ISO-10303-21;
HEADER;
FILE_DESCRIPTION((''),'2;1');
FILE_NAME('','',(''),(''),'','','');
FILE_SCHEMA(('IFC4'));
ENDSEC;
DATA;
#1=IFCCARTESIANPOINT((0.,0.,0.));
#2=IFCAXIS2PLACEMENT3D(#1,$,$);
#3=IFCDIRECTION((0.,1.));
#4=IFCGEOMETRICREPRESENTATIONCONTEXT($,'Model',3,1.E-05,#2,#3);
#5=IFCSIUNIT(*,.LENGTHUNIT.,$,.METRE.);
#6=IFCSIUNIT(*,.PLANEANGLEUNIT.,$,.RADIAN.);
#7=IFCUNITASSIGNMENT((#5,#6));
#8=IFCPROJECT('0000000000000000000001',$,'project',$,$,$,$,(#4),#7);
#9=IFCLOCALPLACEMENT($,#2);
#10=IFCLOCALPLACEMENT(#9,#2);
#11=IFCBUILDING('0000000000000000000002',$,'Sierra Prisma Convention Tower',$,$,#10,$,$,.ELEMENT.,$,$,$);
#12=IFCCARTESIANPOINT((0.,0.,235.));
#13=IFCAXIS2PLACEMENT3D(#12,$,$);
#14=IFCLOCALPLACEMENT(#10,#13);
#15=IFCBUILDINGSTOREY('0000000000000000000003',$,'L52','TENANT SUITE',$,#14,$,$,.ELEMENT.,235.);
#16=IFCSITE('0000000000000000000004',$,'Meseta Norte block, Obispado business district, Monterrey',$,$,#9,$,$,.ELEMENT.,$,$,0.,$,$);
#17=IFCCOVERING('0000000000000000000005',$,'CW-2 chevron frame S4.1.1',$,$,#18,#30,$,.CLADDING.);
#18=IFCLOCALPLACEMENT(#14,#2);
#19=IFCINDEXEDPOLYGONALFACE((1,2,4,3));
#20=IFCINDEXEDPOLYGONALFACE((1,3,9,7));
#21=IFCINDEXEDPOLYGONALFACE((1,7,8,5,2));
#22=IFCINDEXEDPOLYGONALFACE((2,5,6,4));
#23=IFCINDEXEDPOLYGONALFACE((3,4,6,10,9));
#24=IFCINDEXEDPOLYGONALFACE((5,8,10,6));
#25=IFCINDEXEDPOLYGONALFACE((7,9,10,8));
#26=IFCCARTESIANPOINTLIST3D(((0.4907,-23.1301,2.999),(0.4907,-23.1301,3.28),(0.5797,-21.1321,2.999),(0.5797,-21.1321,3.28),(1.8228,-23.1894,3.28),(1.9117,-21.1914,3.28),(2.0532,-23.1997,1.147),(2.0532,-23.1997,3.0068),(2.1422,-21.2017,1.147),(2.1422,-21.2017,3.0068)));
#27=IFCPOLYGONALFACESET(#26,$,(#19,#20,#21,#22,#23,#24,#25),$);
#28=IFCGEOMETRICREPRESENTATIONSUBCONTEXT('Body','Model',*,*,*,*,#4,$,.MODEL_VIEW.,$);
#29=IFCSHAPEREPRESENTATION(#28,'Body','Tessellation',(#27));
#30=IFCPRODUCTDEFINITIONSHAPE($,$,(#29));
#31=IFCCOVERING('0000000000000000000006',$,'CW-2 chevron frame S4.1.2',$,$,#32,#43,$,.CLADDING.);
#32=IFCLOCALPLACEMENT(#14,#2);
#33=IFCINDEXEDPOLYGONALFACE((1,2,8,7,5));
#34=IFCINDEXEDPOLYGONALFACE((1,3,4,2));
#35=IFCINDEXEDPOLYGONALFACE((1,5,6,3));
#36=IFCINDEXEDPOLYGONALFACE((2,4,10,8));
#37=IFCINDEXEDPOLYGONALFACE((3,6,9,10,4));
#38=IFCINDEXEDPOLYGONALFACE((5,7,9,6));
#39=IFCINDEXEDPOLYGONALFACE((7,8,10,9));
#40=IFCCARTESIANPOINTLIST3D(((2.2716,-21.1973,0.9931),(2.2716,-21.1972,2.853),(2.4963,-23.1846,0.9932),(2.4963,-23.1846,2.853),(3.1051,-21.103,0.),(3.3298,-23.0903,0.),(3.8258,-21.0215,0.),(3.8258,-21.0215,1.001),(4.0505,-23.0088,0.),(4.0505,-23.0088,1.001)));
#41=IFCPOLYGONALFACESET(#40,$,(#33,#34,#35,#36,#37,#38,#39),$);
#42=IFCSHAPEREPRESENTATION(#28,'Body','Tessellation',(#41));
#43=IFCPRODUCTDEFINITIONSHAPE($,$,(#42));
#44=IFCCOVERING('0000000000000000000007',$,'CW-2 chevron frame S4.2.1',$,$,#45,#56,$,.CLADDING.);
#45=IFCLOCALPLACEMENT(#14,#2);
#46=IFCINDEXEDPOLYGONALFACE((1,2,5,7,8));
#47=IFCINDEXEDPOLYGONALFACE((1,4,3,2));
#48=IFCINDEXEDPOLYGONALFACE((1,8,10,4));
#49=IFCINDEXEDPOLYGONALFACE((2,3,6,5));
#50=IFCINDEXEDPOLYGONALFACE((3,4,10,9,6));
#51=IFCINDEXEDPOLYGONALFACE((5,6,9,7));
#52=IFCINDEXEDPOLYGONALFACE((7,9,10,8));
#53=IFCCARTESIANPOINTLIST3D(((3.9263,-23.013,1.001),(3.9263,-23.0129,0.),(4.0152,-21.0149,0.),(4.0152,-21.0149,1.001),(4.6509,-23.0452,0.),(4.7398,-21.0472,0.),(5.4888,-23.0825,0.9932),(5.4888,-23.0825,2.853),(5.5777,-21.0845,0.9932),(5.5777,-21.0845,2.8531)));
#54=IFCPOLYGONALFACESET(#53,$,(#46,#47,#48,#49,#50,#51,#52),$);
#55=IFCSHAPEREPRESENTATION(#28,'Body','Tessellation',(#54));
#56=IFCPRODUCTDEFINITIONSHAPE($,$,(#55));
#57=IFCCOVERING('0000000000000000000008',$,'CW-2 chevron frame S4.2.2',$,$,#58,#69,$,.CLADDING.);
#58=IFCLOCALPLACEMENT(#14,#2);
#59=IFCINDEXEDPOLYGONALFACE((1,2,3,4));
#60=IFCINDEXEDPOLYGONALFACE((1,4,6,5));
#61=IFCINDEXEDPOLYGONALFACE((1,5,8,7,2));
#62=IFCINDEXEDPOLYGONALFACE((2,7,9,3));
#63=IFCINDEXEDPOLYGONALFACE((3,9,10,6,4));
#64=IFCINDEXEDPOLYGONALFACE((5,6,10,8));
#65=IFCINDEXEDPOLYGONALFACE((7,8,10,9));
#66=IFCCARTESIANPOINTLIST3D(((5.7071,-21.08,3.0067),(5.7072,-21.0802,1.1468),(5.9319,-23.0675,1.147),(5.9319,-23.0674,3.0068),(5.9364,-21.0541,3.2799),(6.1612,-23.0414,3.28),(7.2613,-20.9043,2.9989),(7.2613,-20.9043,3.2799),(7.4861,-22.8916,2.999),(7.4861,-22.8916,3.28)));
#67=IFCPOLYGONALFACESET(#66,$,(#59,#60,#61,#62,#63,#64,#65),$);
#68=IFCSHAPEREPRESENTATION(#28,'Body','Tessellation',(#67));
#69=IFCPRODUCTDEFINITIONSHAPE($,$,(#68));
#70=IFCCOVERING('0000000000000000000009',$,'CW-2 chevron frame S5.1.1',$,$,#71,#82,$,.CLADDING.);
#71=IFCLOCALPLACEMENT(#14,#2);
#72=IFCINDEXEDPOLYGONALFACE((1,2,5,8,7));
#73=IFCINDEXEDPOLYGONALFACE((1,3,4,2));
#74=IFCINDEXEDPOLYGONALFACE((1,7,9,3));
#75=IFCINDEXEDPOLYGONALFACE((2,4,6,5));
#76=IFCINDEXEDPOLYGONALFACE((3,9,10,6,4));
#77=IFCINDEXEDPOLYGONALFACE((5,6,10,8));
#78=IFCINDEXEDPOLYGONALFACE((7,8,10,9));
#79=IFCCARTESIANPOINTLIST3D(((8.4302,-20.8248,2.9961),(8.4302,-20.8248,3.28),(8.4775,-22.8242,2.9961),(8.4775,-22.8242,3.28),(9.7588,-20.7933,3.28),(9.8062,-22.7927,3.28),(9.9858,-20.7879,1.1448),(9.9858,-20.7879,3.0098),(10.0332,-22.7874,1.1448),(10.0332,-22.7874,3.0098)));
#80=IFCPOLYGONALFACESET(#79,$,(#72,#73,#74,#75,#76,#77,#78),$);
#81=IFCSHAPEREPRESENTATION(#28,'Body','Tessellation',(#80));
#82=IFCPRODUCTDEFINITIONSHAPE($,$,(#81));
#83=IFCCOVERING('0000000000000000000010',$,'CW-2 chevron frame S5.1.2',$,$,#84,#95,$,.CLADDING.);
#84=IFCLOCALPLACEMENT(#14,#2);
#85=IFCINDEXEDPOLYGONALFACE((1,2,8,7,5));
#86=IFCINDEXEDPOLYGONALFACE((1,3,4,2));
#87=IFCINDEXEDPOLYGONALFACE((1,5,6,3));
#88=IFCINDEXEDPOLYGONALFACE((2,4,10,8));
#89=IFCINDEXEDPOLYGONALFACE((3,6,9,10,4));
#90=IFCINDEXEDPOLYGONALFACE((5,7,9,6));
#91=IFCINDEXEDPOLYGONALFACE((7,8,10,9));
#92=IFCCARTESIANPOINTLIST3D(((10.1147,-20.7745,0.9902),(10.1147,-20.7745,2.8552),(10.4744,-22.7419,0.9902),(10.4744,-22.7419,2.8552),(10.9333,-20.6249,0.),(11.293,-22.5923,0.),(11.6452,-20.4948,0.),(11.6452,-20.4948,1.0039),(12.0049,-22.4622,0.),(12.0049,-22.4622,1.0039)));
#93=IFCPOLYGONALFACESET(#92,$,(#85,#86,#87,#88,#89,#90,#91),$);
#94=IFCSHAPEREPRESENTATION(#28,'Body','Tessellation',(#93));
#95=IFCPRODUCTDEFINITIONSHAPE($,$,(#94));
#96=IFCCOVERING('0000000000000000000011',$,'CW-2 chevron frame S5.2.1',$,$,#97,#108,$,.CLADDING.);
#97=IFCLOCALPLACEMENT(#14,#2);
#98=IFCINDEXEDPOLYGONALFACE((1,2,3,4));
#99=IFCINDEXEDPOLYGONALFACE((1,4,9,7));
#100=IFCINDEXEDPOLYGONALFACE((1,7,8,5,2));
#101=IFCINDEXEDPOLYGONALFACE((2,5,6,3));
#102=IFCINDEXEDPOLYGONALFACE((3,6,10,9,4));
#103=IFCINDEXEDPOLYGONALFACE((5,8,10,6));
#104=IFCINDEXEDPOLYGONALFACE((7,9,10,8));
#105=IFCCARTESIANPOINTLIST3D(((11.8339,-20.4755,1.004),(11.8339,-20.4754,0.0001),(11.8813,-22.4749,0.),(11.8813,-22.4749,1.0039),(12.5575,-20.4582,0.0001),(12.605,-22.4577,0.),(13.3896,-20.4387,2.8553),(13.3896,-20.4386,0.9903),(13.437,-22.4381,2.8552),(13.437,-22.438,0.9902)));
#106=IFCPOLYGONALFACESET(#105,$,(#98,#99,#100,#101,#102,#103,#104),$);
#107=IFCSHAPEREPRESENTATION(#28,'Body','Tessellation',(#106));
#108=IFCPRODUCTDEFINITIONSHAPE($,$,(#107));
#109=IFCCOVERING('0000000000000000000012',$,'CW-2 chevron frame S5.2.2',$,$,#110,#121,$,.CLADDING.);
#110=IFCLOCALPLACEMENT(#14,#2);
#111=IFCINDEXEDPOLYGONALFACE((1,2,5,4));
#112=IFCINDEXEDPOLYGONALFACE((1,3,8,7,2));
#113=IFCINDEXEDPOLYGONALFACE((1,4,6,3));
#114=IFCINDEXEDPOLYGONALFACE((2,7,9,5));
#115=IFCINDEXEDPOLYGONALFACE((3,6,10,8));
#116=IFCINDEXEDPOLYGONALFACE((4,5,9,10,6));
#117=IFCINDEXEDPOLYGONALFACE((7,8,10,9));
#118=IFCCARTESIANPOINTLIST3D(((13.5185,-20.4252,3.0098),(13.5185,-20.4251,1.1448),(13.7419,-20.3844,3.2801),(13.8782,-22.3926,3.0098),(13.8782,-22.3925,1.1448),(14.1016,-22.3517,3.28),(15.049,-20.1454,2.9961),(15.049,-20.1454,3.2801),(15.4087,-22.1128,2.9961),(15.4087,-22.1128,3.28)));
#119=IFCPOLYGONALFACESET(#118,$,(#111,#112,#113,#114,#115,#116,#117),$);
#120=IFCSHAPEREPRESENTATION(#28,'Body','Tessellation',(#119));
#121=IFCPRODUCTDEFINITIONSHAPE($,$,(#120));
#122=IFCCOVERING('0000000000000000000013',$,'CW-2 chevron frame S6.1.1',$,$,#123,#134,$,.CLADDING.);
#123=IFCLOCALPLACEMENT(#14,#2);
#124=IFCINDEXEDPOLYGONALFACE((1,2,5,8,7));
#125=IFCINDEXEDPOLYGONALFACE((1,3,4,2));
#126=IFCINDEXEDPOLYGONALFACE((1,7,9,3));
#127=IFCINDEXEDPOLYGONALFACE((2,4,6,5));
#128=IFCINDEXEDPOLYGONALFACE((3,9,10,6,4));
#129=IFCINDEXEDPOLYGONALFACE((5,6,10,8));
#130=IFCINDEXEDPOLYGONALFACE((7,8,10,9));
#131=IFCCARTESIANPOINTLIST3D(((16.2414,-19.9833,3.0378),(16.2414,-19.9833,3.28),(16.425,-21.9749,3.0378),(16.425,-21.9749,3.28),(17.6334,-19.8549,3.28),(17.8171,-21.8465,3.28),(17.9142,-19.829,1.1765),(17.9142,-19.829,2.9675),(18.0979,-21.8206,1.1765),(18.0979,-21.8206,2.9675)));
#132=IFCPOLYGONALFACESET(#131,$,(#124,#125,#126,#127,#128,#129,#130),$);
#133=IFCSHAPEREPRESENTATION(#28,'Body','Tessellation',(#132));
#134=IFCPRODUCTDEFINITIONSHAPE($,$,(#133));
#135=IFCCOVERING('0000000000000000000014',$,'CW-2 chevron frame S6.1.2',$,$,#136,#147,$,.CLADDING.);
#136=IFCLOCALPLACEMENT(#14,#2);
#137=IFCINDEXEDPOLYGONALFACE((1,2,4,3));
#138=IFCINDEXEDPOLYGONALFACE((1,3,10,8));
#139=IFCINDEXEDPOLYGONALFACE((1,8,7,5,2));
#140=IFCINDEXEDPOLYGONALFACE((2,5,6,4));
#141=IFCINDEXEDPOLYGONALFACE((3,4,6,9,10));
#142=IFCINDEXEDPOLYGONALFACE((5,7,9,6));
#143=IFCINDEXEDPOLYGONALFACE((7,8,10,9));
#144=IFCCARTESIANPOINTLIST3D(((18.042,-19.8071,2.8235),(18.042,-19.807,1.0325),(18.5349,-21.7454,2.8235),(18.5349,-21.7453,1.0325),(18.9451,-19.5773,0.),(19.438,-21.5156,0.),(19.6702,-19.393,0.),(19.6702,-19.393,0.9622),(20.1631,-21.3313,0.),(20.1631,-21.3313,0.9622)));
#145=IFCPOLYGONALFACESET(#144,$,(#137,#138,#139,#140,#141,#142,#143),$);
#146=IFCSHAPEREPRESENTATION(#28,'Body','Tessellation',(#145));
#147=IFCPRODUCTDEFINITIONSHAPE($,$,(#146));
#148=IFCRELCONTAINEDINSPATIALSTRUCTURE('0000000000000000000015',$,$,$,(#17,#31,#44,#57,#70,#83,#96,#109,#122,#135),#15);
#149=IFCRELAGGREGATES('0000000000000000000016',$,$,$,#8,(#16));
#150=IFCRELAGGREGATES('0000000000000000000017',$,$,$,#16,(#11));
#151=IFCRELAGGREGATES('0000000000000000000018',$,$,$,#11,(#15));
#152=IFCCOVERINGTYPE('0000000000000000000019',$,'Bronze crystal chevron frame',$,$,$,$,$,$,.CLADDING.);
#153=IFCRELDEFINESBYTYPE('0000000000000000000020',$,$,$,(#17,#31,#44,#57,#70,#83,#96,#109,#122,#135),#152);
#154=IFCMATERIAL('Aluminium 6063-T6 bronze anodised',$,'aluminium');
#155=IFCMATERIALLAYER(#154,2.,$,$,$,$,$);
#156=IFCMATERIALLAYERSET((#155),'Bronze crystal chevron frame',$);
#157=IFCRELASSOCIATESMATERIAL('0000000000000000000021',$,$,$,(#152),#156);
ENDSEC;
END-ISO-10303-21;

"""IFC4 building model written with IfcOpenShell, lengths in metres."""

from ifc_helpers import new_model, si_unit, direction, frame, origin, place, context, subcontext, project, spatial, polyline, outline, extrude, material, layer, layer_set, type_object, element, save


model = new_model("IFC4")

# Units and contexts
model_context = context("Model", 3, precision=1e-05, world=origin(), true_north=direction((0.0, 1.0)))
body_context = subcontext(model_context, "Body", "Model", "MODEL_VIEW")
ifc_project = project(units=[si_unit("LENGTHUNIT", "METRE"), si_unit("PLANEANGLEUNIT", "RADIAN")], contexts=[model_context])

# Site, building, storey
site_placement = place(None, origin())
site = spatial("IfcSite", under=ifc_project, at=site_placement, Name="Meseta Norte block, Obispado business district, Monterrey", CompositionType="ELEMENT", RefElevation=0.0)
building_placement = place(site_placement, origin())
building = spatial("IfcBuilding", under=site, at=building_placement, Name="Sierra Prisma Convention Tower", CompositionType="ELEMENT")
storey_placement = place(building_placement, frame((0.0, 0.0, 235.0)))
storey = spatial("IfcBuildingStorey", under=building, at=storey_placement, Name="L52", Description="TENANT SUITE", CompositionType="ELEMENT", Elevation=235.0)

# Coverings
ifc_material_1 = material(Name="Aluminium 6063-T6 bronze anodised", Category="aluminium")
ifc_layer_1 = layer(ifc_material_1, 2.0)
ifc_layer_set_1 = layer_set([ifc_layer_1], Name="Bronze crystal chevron frame")
covering_type = type_object("IfcCoveringType", Name="Bronze crystal chevron frame", PredefinedType="CLADDING", material=ifc_layer_set_1)
covering_1_placement = place(storey_placement, frame((0.4907, -23.1301, 3.28), z_axis=(-0.044488, -0.99901, -0.000004), x_axis=(0.0, 0.000004, -1.0)))
element("IfcCovering", 1, at=covering_1_placement, inside=storey, type_object=covering_type, Name="CW-2 chevron frame S4.1.1", PredefinedType="CLADDING", context=body_context, shape_type="SweptSolid", body=[
    extrude(outline(polyline([(0.0, 0.0), (0.281, 0.0), (2.1331, 1.564), (0.2732, 1.564), (0.0, 1.3334), (0.0, 0.0)])), origin(), (0.0, 0.0, -1.0), 2.0),
])
covering_2_placement = place(storey_placement, frame((2.4963, -23.1846, 2.853), z_axis=(0.11239, -0.993664, 0.000009), x_axis=(0.000001, -0.000009, -1.0)))
element("IfcCovering", 2, at=covering_2_placement, inside=storey, type_object=covering_type, Name="CW-2 chevron frame S4.1.2", PredefinedType="CLADDING", context=body_context, shape_type="SweptSolid", body=[
    extrude(outline(polyline([(0.0, 0.0), (1.8599, 0.0), (2.853, 0.8388), (2.853, 1.5641), (1.8521, 1.5641), (0.0, 0.0)])), origin(), (0.0, 0.0, -1.0), 2.0),
])
covering_3_placement = place(storey_placement, frame((3.9263, -23.0129, 0.0), z_axis=(-0.044479, -0.99901, -0.000012), x_axis=(0.99901, -0.044479, 0.0)))
element("IfcCovering", 3, at=covering_3_placement, inside=storey, type_object=covering_type, Name="CW-2 chevron frame S4.2.1", PredefinedType="CLADDING", context=body_context, shape_type="SweptSolid", body=[
    extrude(outline(polyline([(0.0, 0.0), (0.7253, 0.0), (1.564, 0.9932), (1.564, 2.853), (0.0, 1.001), (0.0, 0.0)])), origin(), (0.0, 0.0, -1.0), 2.0),
])
covering_4_placement = place(storey_placement, frame((7.4861, -22.8916, 3.28), z_axis=(0.11237, -0.993666, 0.000082), x_axis=(-0.993666, -0.11237, 0.0)))
element("IfcCovering", 4, at=covering_4_placement, inside=storey, type_object=covering_type, Name="CW-2 chevron frame S4.2.2", PredefinedType="CLADDING", context=body_context, shape_type="SweptSolid", body=[
    extrude(outline(polyline([(0.0, 0.0), (1.3334, 0.0), (1.5641, 0.2732), (1.5641, 2.1331), (0.0, 0.281), (0.0, 0.0)])), origin(), (0.0, 0.0, -1.0), 2.0),
])
covering_5_placement = place(storey_placement, frame((8.4775, -22.8242, 3.28), z_axis=(0.023691, -0.999719, 0.000004), x_axis=(0.0, -0.000004, -1.0)))
element("IfcCovering", 5, at=covering_5_placement, inside=storey, type_object=covering_type, Name="CW-2 chevron frame S5.1.1", PredefinedType="CLADDING", context=body_context, shape_type="SweptSolid", body=[
    extrude(outline(polyline([(0.0, 0.0), (0.2839, 0.0), (2.1353, 1.5561), (0.2703, 1.5561), (0.0, 1.329), (0.0, 0.0)])), origin(), (0.0, 0.0, -1.0), 2.0),
])
covering_6_placement = place(storey_placement, frame((10.4744, -22.7419, 2.8552), z_axis=(0.179822, -0.983699, -0.000004), x_axis=(-0.000001, 0.000004, -1.0)))
element("IfcCovering", 6, at=covering_6_placement, inside=storey, type_object=covering_type, Name="CW-2 chevron frame S5.1.2", PredefinedType="CLADDING", context=body_context, shape_type="SweptSolid", body=[
    extrude(outline(polyline([(0.0, 0.0), (1.865, 0.0), (2.8552, 0.8322), (2.8552, 1.5559), (1.8513, 1.5559), (0.0, 0.0)])), origin(), (0.0, 0.0, -1.0), 2.0),
])
covering_7_placement = place(storey_placement, frame((11.8813, -22.4749, 0.0), z_axis=(0.023726, -0.999718, -0.000056), x_axis=(0.999718, 0.023726, 0.0)))
element("IfcCovering", 7, at=covering_7_placement, inside=storey, type_object=covering_type, Name="CW-2 chevron frame S5.2.1", PredefinedType="CLADDING", context=body_context, shape_type="SweptSolid", body=[
    extrude(outline(polyline([(0.0, 0.0), (0.7238, 0.0), (1.5561, 0.9902), (1.5561, 2.8552), (0.0, 1.0039), (0.0, 0.0)])), origin(), (0.0, 0.0, -1.0), 2.0),
])
covering_8_placement = place(storey_placement, frame((15.4087, -22.1128, 3.28), z_axis=(0.179829, -0.983698, -0.000027), x_axis=(-0.983698, -0.179829, 0.0)))
element("IfcCovering", 8, at=covering_8_placement, inside=storey, type_object=covering_type, Name="CW-2 chevron frame S5.2.2", PredefinedType="CLADDING", context=body_context, shape_type="SweptSolid", body=[
    extrude(outline(polyline([(0.0, 0.0), (1.3288, 0.0), (1.5559, 0.2703), (1.5559, 2.1353), (0.0, 0.2839), (0.0, 0.0)])), origin(), (0.0, 0.0, -1.0), 2.0),
])
covering_9_placement = place(storey_placement, frame((16.425, -21.9749, 3.28), z_axis=(0.091847, -0.995773, 0.000008), x_axis=(0.000001, -0.000008, -1.0)))
element("IfcCovering", 9, at=covering_9_placement, inside=storey, type_object=covering_type, Name="CW-2 chevron frame S6.1.1", PredefinedType="CLADDING", context=body_context, shape_type="SweptSolid", body=[
    extrude(outline(polyline([(0.0, 0.0), (0.2422, 0.0), (2.1035, 1.68), (0.3125, 1.68), (0.0, 1.398), (0.0, 0.0)])), origin(), (0.0, 0.0, -1.0), 2.0),
])
covering_10_placement = place(storey_placement, frame((18.5349, -21.7454, 2.8235), z_axis=(0.246453, -0.969155, -0.000022), x_axis=(-0.000006, 0.000022, -1.0)))
element("IfcCovering", 10, at=covering_10_placement, inside=storey, type_object=covering_type, Name="CW-2 chevron frame S6.1.2", PredefinedType="CLADDING", context=body_context, shape_type="SweptSolid", body=[
    extrude(outline(polyline([(0.0, 0.0), (1.791, 0.0), (2.8235, 0.9318), (2.8235, 1.68), (1.8613, 1.68), (0.0, 0.0)])), origin(), (0.0, 0.0, -1.0), 2.0),
])

save(model, "model.ifc")
